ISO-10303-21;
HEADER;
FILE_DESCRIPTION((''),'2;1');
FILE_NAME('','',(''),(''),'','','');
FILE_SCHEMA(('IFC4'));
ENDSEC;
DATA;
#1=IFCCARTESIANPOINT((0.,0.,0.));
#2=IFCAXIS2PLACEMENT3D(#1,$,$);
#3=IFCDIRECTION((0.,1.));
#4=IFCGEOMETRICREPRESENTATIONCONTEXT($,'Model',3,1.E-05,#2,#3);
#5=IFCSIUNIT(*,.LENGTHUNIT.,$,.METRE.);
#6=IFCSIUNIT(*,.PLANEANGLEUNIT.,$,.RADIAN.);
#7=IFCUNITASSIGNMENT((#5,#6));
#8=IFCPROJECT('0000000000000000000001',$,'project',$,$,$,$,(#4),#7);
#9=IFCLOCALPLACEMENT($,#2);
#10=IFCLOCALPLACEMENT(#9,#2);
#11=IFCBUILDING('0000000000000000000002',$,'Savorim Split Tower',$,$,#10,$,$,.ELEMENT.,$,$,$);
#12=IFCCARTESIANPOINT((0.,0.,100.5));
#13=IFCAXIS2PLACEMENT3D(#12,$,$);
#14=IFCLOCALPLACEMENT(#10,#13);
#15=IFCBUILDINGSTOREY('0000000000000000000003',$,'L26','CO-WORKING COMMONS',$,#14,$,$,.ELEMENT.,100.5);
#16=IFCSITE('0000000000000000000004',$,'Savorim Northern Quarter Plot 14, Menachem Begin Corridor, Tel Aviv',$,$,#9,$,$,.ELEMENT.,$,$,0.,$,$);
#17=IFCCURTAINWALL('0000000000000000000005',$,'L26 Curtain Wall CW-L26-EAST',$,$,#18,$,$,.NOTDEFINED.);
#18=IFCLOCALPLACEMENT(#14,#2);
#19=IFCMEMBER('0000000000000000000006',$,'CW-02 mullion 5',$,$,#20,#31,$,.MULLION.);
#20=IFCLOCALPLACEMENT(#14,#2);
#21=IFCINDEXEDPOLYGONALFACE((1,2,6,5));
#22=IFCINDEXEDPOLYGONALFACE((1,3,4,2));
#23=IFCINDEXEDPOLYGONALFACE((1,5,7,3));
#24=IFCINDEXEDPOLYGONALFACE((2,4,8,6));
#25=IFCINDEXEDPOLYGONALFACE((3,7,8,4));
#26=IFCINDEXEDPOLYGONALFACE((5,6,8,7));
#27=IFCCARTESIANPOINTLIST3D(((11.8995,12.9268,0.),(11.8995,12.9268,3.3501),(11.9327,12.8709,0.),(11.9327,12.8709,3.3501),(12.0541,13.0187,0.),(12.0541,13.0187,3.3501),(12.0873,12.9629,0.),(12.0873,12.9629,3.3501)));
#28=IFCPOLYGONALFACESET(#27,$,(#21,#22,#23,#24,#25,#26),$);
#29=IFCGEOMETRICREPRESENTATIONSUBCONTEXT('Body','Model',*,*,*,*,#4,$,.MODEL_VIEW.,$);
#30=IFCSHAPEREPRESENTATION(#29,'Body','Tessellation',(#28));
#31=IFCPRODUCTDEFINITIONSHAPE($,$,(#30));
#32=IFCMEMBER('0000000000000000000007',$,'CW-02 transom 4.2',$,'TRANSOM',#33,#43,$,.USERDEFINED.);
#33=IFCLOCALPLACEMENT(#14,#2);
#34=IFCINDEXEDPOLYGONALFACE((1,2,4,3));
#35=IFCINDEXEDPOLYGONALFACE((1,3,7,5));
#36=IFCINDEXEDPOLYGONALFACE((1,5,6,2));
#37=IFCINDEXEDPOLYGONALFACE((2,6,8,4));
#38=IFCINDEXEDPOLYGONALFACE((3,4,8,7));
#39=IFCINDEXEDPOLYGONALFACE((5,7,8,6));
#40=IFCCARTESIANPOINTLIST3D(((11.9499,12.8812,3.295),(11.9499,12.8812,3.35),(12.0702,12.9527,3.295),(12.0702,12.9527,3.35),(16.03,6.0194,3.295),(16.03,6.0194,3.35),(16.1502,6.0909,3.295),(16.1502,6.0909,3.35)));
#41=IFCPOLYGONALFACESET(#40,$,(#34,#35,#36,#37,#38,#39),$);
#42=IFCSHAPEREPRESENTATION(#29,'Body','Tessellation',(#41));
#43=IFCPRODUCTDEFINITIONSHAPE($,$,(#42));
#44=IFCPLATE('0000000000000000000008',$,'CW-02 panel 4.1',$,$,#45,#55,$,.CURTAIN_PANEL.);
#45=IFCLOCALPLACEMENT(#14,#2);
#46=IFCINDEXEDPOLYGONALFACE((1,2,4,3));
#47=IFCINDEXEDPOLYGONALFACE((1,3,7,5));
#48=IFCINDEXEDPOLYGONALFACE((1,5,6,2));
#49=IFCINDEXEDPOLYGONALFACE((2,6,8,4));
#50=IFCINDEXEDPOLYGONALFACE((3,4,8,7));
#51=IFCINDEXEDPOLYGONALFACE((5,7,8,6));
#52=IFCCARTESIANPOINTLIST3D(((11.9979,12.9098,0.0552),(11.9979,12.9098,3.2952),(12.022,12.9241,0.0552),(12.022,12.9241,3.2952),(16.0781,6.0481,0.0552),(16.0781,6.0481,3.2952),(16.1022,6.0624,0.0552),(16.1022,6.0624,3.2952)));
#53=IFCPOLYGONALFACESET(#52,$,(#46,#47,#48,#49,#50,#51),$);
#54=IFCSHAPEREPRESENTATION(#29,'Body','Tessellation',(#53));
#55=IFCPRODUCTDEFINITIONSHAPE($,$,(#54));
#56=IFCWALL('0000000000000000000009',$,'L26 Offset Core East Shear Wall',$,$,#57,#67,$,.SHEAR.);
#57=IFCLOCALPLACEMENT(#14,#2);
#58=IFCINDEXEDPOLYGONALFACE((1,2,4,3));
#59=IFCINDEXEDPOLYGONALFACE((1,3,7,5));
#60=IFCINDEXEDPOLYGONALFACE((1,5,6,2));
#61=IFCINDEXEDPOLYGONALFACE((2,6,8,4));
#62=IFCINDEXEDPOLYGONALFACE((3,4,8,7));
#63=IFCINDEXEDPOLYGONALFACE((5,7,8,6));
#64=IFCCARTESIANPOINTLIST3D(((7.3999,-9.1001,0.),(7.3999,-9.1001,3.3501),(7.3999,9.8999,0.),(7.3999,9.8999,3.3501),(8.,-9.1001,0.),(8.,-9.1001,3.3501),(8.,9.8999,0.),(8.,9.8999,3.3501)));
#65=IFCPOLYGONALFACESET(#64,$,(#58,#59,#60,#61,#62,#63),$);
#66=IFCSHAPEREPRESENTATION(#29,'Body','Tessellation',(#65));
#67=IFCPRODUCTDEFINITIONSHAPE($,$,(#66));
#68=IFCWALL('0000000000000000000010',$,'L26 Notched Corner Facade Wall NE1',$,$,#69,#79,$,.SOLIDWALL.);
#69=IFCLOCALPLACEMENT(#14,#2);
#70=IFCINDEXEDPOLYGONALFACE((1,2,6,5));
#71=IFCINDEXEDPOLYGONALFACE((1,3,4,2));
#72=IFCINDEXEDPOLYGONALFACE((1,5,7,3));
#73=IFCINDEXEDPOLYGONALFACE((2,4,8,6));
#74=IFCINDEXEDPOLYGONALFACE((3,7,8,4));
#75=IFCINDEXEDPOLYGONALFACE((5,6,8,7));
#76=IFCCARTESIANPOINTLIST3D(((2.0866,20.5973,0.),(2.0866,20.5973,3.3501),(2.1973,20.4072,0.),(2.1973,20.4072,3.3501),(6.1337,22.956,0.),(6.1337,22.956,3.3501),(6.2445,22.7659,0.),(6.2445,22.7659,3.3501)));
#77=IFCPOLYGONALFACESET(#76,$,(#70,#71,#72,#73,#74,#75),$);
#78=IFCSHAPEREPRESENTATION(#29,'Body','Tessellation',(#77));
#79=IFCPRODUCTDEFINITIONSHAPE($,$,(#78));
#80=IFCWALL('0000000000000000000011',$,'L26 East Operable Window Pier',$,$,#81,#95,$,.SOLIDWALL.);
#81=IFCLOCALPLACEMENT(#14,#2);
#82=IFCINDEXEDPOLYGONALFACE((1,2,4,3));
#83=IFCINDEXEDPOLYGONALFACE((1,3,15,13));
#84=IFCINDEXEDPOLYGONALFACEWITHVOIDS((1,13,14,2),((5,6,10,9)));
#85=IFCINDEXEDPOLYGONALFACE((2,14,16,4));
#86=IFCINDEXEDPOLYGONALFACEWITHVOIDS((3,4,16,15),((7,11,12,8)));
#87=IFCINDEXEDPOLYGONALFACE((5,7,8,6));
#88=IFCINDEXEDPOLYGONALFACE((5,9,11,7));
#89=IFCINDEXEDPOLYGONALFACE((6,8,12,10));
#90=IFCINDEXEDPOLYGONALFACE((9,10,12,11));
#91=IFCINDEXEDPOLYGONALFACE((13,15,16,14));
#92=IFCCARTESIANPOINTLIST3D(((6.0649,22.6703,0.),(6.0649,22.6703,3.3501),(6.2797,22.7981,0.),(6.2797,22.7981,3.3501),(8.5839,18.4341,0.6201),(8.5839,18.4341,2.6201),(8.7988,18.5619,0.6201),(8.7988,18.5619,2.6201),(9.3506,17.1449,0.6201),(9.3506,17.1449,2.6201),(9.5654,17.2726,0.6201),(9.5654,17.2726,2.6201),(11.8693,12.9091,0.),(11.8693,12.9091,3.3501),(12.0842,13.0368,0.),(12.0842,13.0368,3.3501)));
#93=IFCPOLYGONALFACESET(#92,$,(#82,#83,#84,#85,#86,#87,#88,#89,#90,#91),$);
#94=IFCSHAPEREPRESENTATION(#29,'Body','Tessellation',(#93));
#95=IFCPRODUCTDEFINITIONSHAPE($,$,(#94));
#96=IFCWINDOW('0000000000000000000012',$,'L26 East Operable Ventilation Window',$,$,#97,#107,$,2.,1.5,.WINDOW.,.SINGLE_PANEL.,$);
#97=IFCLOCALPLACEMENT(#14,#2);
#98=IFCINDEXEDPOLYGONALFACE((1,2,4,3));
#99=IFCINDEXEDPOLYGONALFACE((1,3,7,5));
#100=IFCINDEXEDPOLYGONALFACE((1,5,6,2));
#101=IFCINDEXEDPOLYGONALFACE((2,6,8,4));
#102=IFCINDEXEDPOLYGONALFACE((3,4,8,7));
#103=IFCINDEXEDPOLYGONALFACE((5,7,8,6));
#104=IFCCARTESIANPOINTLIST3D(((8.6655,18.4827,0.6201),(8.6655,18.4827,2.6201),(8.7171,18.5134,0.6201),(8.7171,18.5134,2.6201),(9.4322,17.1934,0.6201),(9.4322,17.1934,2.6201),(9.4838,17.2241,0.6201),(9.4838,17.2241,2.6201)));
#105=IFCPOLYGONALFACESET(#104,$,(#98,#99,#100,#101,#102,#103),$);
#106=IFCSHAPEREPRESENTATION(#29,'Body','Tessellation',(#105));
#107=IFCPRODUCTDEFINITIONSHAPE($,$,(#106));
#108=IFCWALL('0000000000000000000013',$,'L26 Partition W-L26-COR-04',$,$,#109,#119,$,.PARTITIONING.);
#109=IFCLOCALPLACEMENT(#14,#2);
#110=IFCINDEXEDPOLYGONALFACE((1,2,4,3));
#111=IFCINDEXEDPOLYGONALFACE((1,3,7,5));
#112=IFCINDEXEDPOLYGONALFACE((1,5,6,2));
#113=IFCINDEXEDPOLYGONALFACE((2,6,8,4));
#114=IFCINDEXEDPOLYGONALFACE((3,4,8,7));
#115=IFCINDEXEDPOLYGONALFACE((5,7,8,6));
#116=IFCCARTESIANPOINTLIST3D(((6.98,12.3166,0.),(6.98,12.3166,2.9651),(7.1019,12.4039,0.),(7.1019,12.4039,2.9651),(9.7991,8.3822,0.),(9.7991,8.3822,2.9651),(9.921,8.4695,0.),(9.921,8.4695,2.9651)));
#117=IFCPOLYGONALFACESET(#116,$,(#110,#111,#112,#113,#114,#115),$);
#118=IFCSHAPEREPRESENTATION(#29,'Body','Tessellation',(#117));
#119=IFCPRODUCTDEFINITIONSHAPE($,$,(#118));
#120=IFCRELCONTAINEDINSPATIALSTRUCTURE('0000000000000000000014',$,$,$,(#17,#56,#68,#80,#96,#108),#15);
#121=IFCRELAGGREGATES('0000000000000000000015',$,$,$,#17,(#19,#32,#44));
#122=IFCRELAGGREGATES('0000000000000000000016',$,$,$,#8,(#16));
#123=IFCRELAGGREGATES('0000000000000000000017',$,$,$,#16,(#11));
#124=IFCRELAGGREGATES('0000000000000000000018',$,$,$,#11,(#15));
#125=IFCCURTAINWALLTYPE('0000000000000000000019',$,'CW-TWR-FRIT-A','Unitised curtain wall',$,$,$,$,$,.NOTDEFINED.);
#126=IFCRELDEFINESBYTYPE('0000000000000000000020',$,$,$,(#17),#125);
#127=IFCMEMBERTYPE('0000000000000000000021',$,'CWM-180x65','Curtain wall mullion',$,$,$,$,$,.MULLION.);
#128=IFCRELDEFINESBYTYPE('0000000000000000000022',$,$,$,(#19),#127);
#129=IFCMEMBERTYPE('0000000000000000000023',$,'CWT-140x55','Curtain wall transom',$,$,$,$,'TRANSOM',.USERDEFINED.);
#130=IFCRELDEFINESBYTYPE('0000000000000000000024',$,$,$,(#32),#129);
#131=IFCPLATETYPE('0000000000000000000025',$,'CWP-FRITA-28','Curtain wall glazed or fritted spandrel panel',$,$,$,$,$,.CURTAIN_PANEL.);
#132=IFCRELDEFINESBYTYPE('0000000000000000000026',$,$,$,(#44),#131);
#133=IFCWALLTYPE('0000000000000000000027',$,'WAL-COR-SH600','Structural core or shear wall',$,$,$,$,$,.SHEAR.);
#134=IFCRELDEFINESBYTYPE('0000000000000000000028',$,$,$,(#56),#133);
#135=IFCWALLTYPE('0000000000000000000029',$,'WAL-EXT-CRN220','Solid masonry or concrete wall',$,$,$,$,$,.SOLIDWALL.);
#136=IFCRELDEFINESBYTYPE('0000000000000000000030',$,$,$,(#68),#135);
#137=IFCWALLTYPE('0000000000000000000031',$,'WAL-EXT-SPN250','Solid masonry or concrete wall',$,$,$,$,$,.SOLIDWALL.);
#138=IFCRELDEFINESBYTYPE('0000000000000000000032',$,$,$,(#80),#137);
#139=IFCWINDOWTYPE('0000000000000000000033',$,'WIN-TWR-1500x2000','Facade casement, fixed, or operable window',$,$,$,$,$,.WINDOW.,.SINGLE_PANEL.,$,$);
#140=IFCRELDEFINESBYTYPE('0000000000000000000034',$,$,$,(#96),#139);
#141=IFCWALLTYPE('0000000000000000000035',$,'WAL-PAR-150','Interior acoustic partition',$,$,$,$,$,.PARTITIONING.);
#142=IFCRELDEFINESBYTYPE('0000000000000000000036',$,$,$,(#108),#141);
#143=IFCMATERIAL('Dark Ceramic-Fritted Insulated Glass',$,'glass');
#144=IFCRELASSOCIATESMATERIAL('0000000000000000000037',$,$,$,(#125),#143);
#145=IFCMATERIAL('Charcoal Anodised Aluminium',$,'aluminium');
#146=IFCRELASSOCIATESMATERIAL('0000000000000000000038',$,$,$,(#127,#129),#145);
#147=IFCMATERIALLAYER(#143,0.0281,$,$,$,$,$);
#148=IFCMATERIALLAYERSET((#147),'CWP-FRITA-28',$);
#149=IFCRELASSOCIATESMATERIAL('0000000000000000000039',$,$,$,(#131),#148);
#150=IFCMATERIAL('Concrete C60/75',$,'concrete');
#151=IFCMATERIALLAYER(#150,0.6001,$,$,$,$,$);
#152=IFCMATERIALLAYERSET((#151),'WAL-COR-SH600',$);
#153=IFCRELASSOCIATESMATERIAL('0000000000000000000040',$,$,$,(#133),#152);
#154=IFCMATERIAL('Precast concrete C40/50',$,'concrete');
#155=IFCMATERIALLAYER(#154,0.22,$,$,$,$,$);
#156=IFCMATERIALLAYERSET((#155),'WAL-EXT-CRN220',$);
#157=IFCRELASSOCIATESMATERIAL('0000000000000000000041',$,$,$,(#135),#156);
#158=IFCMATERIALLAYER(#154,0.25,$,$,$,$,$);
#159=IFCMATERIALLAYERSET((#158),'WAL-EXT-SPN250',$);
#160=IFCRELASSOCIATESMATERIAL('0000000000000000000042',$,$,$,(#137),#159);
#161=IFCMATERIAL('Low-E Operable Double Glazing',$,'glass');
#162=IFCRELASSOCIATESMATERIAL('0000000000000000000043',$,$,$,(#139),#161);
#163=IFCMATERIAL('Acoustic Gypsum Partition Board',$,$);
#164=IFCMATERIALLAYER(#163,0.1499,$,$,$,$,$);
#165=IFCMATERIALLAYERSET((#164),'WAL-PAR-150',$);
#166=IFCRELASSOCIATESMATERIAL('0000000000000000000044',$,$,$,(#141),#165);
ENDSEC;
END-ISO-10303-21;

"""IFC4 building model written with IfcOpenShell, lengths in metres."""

from ifc_helpers import new_model, si_unit, direction, frame, frame_2d, origin, origin_2d, place, context, subcontext, project, spatial, rectangle, extrude, material, layer, layer_set, material_profile, profile_set, type_object, element, fill, aggregate, save


model = new_model("IFC4")

# Units and contexts
model_context = context("Model", 3, precision=1e-05, world=origin(), true_north=direction((0.0, 1.0)))
body_context = subcontext(model_context, "Body", "Model", "MODEL_VIEW")
ifc_project = project(units=[si_unit("LENGTHUNIT", "METRE"), si_unit("PLANEANGLEUNIT", "RADIAN")], contexts=[model_context])

# Site, building, storey
site_placement = place(None, origin())
site = spatial("IfcSite", under=ifc_project, at=site_placement, Name="Savorim Northern Quarter Plot 14, Menachem Begin Corridor, Tel Aviv", CompositionType="ELEMENT", RefElevation=0.0)
building_placement = place(site_placement, origin())
building = spatial("IfcBuilding", under=site, at=building_placement, Name="Savorim Split Tower", CompositionType="ELEMENT")
storey_placement = place(building_placement, frame((0.0, 0.0, 100.5)))
storey = spatial("IfcBuildingStorey", under=building, at=storey_placement, Name="L26", Description="CO-WORKING COMMONS", CompositionType="ELEMENT", Elevation=100.5)

# Curtain wall, members, plate
ifc_material_1 = material(Name="Dark Ceramic-Fritted Insulated Glass", Category="glass")
curtain_wall_type = type_object("IfcCurtainWallType", Name="CW-TWR-FRIT-A", Description="Unitised curtain wall", PredefinedType="NOTDEFINED", material=ifc_material_1)
curtain_wall_placement = place(storey_placement, origin())
curtain_wall = element("IfcCurtainWall", 1, at=curtain_wall_placement, inside=storey, type_object=curtain_wall_type, Name="L26 Curtain Wall CW-L26-EAST", PredefinedType="NOTDEFINED")
ifc_material_2 = material(Name="Charcoal Anodised Aluminium", Category="aluminium")
ifc_material_profile_1 = material_profile(ifc_material_2, rectangle(XDim=0.1799, YDim=0.0649, at=origin_2d()), Name="ALU-M 180x65")
ifc_profile_set_1 = profile_set([ifc_material_profile_1], Name="Charcoal Anodised Aluminium")
member_type_1 = type_object("IfcMemberType", Name="CWM-180x65", Description="Curtain wall mullion", PredefinedType="MULLION", material=ifc_profile_set_1)
member_1_placement = place(storey_placement, frame((11.9934, 12.9448, 0.0), z_axis=(0.0, 0.0, 1.0), x_axis=(-0.859525, -0.511094, 0.0)))
member_1 = element("IfcMember", 2, at=member_1_placement, type_object=member_type_1, Name="CW-02 mullion 5", PredefinedType="MULLION", context=body_context, shape_type="SweptSolid", body=[
    extrude(rectangle(XDim=0.1799, YDim=0.0649, at=origin_2d()), origin(), (0.0, 0.0, 1.0), 3.3501),
])
ifc_material_profile_2 = material_profile(ifc_material_2, rectangle(XDim=0.1399, YDim=0.0549, at=origin_2d()), Name="ALU-T 140x55")
ifc_profile_set_2 = profile_set([ifc_material_profile_2], Name="Charcoal Anodised Aluminium")
member_type_2 = type_object("IfcMemberType", Name="CWT-140x55", Description="Curtain wall transom", ElementType="TRANSOM", PredefinedType="USERDEFINED", material=ifc_profile_set_2)
member_2_placement = place(storey_placement, frame((16.0901, 6.0552, 3.3225), z_axis=(-0.511083, 0.859532, 0.0), x_axis=(-0.859532, -0.511083, 0.0)))
member_2 = element("IfcMember", 3, at=member_2_placement, type_object=member_type_2, Name="CW-02 transom 4.2", ObjectType="TRANSOM", PredefinedType="USERDEFINED", context=body_context, shape_type="SweptSolid", body=[
    extrude(rectangle(XDim=0.1399, YDim=0.0549, at=origin_2d()), origin(), (0.0, 0.0, 1.0), 7.9832),
])
ifc_layer_1 = layer(ifc_material_1, 0.0281)
ifc_layer_set_1 = layer_set([ifc_layer_1], Name="CWP-FRITA-28")
plate_type = type_object("IfcPlateType", Name="CWP-FRITA-28", Description="Curtain wall glazed or fritted spandrel panel", PredefinedType="CURTAIN_PANEL", material=ifc_layer_set_1)
plate_placement = place(storey_placement, frame((14.05, 9.4861, 0.0552), z_axis=(0.0, 0.0, 1.0), x_axis=(-0.511094, 0.859525, 0.0)))
plate = element("IfcPlate", 4, at=plate_placement, type_object=plate_type, Name="CW-02 panel 4.1", PredefinedType="CURTAIN_PANEL", context=body_context, shape_type="SweptSolid", body=[
    extrude(rectangle(XDim=7.9832, YDim=0.0281, at=origin_2d()), origin(), (0.0, 0.0, 1.0), 3.24),
])
aggregate(curtain_wall, [member_1, member_2, plate])

# Shared definitions
ifc_material_3 = material(Name="Concrete C60/75", Category="concrete")
ifc_layer_2 = layer(ifc_material_3, 0.6001)
ifc_layer_set_2 = layer_set([ifc_layer_2], Name="WAL-COR-SH600")
wall_type_1 = type_object("IfcWallType", Name="WAL-COR-SH600", Description="Structural core or shear wall", PredefinedType="SHEAR", material=ifc_layer_set_2)

# Walls
wall_1_placement = place(storey_placement, frame((7.7, 9.8999, 0.0), z_axis=(0.0, 0.0, 1.0), x_axis=(0.0, -1.0, 0.0)))
element("IfcWall", 5, at=wall_1_placement, inside=storey, type_object=wall_type_1, Name="L26 Offset Core East Shear Wall", PredefinedType="SHEAR", context=body_context, shape_type="SweptSolid", body=[
    extrude(rectangle(XDim=19.0, YDim=0.6001, at=frame_2d((9.5, 0.0))), origin(), (0.0, 0.0, 1.0), 3.3501),
])
ifc_material_4 = material(Name="Precast concrete C40/50", Category="concrete")
ifc_layer_3 = layer(ifc_material_4, 0.22)
ifc_layer_set_3 = layer_set([ifc_layer_3], Name="WAL-EXT-CRN220")
wall_type_2 = type_object("IfcWallType", Name="WAL-EXT-CRN220", Description="Solid masonry or concrete wall", PredefinedType="SOLIDWALL", material=ifc_layer_set_3)
wall_2_placement = place(storey_placement, frame((2.1418, 20.5022, 0.0), z_axis=(0.0, 0.0, 1.0), x_axis=(0.863981, 0.503524, 0.0)))
element("IfcWall", 6, at=wall_2_placement, inside=storey, type_object=wall_type_2, Name="L26 Notched Corner Facade Wall NE1", PredefinedType="SOLIDWALL", context=body_context, shape_type="SweptSolid", body=[
    extrude(rectangle(XDim=4.6843, YDim=0.22, at=frame_2d((2.3423, 0.0))), origin(), (0.0, 0.0, 1.0), 3.3501),
])

# Wall, opening, window
ifc_layer_4 = layer(ifc_material_4, 0.25)
ifc_layer_set_4 = layer_set([ifc_layer_4], Name="WAL-EXT-SPN250")
wall_type_3 = type_object("IfcWallType", Name="WAL-EXT-SPN250", Description="Solid masonry or concrete wall", PredefinedType="SOLIDWALL", material=ifc_layer_set_4)
wall_3_placement = place(storey_placement, frame((6.1724, 22.7341, 0.0), z_axis=(0.0, 0.0, 1.0), x_axis=(0.511106, -0.859518, 0.0)))
wall_3 = element("IfcWall", 7, at=wall_3_placement, inside=storey, type_object=wall_type_3, Name="L26 East Operable Window Pier", PredefinedType="SOLIDWALL", context=body_context, shape_type="SweptSolid", body=[
    extrude(rectangle(XDim=11.3567, YDim=0.25, at=frame_2d((5.6782, 0.0))), origin(), (0.0, 0.0, 1.0), 3.3501),
])
opening_1_placement = place(wall_3_placement, frame((4.9285, 0.0, 0.6201)))
opening_1 = element("IfcOpeningElement", 8, at=opening_1_placement, cuts=wall_3, PredefinedType="OPENING", context=body_context, shape_type="SweptSolid", body=[
    extrude(rectangle(XDim=1.5, YDim=2.0, at=frame_2d((0.75, 1.0))), frame((0.0, 0.135, 0.0), z_axis=(0.0, -1.0, 0.0), x_axis=(1.0, 0.0, 0.0)), (0.0, 0.0, 1.0), 0.27),
])
ifc_material_5 = material(Name="Low-E Operable Double Glazing", Category="glass")
window_type = type_object("IfcWindowType", Name="WIN-TWR-1500x2000", Description="Facade casement, fixed, or operable window", PartitioningType="SINGLE_PANEL", PredefinedType="WINDOW", material=ifc_material_5)
window_placement = place(opening_1_placement, origin())
window = element("IfcWindow", 9, at=window_placement, inside=storey, type_object=window_type, Name="L26 East Operable Ventilation Window", OverallHeight=2.0, OverallWidth=1.5, PartitioningType="SINGLE_PANEL", PredefinedType="WINDOW", context=body_context, shape_type="SweptSolid", body=[
    extrude(rectangle(XDim=1.5, YDim=2.0, at=frame_2d((0.75, 1.0))), frame((0.0, 0.03, 0.0), z_axis=(0.0, -1.0, 0.0), x_axis=(1.0, 0.0, 0.0)), (0.0, 0.0, 1.0), 0.0601),
])
fill(opening_1, window)

# Wall
ifc_material_6 = material(Name="Acoustic Gypsum Partition Board")
ifc_layer_5 = layer(ifc_material_6, 0.1499)
ifc_layer_set_5 = layer_set([ifc_layer_5], Name="WAL-PAR-150")
wall_type_4 = type_object("IfcWallType", Name="WAL-PAR-150", Description="Interior acoustic partition", PredefinedType="PARTITIONING", material=ifc_layer_set_5)
wall_4_placement = place(storey_placement, frame((7.041, 12.3601, 0.0), z_axis=(0.0, 0.0, 1.0), x_axis=(0.58245, -0.812867, 0.0)))
element("IfcWall", 10, at=wall_4_placement, inside=storey, type_object=wall_type_4, Name="L26 Partition W-L26-COR-04", PredefinedType="PARTITIONING", context=body_context, shape_type="SweptSolid", body=[
    extrude(rectangle(XDim=4.8401, YDim=0.1499, at=frame_2d((2.4199, 0.0))), origin(), (0.0, 0.0, 1.0), 2.9651),
])

save(model, "model.ifc")
